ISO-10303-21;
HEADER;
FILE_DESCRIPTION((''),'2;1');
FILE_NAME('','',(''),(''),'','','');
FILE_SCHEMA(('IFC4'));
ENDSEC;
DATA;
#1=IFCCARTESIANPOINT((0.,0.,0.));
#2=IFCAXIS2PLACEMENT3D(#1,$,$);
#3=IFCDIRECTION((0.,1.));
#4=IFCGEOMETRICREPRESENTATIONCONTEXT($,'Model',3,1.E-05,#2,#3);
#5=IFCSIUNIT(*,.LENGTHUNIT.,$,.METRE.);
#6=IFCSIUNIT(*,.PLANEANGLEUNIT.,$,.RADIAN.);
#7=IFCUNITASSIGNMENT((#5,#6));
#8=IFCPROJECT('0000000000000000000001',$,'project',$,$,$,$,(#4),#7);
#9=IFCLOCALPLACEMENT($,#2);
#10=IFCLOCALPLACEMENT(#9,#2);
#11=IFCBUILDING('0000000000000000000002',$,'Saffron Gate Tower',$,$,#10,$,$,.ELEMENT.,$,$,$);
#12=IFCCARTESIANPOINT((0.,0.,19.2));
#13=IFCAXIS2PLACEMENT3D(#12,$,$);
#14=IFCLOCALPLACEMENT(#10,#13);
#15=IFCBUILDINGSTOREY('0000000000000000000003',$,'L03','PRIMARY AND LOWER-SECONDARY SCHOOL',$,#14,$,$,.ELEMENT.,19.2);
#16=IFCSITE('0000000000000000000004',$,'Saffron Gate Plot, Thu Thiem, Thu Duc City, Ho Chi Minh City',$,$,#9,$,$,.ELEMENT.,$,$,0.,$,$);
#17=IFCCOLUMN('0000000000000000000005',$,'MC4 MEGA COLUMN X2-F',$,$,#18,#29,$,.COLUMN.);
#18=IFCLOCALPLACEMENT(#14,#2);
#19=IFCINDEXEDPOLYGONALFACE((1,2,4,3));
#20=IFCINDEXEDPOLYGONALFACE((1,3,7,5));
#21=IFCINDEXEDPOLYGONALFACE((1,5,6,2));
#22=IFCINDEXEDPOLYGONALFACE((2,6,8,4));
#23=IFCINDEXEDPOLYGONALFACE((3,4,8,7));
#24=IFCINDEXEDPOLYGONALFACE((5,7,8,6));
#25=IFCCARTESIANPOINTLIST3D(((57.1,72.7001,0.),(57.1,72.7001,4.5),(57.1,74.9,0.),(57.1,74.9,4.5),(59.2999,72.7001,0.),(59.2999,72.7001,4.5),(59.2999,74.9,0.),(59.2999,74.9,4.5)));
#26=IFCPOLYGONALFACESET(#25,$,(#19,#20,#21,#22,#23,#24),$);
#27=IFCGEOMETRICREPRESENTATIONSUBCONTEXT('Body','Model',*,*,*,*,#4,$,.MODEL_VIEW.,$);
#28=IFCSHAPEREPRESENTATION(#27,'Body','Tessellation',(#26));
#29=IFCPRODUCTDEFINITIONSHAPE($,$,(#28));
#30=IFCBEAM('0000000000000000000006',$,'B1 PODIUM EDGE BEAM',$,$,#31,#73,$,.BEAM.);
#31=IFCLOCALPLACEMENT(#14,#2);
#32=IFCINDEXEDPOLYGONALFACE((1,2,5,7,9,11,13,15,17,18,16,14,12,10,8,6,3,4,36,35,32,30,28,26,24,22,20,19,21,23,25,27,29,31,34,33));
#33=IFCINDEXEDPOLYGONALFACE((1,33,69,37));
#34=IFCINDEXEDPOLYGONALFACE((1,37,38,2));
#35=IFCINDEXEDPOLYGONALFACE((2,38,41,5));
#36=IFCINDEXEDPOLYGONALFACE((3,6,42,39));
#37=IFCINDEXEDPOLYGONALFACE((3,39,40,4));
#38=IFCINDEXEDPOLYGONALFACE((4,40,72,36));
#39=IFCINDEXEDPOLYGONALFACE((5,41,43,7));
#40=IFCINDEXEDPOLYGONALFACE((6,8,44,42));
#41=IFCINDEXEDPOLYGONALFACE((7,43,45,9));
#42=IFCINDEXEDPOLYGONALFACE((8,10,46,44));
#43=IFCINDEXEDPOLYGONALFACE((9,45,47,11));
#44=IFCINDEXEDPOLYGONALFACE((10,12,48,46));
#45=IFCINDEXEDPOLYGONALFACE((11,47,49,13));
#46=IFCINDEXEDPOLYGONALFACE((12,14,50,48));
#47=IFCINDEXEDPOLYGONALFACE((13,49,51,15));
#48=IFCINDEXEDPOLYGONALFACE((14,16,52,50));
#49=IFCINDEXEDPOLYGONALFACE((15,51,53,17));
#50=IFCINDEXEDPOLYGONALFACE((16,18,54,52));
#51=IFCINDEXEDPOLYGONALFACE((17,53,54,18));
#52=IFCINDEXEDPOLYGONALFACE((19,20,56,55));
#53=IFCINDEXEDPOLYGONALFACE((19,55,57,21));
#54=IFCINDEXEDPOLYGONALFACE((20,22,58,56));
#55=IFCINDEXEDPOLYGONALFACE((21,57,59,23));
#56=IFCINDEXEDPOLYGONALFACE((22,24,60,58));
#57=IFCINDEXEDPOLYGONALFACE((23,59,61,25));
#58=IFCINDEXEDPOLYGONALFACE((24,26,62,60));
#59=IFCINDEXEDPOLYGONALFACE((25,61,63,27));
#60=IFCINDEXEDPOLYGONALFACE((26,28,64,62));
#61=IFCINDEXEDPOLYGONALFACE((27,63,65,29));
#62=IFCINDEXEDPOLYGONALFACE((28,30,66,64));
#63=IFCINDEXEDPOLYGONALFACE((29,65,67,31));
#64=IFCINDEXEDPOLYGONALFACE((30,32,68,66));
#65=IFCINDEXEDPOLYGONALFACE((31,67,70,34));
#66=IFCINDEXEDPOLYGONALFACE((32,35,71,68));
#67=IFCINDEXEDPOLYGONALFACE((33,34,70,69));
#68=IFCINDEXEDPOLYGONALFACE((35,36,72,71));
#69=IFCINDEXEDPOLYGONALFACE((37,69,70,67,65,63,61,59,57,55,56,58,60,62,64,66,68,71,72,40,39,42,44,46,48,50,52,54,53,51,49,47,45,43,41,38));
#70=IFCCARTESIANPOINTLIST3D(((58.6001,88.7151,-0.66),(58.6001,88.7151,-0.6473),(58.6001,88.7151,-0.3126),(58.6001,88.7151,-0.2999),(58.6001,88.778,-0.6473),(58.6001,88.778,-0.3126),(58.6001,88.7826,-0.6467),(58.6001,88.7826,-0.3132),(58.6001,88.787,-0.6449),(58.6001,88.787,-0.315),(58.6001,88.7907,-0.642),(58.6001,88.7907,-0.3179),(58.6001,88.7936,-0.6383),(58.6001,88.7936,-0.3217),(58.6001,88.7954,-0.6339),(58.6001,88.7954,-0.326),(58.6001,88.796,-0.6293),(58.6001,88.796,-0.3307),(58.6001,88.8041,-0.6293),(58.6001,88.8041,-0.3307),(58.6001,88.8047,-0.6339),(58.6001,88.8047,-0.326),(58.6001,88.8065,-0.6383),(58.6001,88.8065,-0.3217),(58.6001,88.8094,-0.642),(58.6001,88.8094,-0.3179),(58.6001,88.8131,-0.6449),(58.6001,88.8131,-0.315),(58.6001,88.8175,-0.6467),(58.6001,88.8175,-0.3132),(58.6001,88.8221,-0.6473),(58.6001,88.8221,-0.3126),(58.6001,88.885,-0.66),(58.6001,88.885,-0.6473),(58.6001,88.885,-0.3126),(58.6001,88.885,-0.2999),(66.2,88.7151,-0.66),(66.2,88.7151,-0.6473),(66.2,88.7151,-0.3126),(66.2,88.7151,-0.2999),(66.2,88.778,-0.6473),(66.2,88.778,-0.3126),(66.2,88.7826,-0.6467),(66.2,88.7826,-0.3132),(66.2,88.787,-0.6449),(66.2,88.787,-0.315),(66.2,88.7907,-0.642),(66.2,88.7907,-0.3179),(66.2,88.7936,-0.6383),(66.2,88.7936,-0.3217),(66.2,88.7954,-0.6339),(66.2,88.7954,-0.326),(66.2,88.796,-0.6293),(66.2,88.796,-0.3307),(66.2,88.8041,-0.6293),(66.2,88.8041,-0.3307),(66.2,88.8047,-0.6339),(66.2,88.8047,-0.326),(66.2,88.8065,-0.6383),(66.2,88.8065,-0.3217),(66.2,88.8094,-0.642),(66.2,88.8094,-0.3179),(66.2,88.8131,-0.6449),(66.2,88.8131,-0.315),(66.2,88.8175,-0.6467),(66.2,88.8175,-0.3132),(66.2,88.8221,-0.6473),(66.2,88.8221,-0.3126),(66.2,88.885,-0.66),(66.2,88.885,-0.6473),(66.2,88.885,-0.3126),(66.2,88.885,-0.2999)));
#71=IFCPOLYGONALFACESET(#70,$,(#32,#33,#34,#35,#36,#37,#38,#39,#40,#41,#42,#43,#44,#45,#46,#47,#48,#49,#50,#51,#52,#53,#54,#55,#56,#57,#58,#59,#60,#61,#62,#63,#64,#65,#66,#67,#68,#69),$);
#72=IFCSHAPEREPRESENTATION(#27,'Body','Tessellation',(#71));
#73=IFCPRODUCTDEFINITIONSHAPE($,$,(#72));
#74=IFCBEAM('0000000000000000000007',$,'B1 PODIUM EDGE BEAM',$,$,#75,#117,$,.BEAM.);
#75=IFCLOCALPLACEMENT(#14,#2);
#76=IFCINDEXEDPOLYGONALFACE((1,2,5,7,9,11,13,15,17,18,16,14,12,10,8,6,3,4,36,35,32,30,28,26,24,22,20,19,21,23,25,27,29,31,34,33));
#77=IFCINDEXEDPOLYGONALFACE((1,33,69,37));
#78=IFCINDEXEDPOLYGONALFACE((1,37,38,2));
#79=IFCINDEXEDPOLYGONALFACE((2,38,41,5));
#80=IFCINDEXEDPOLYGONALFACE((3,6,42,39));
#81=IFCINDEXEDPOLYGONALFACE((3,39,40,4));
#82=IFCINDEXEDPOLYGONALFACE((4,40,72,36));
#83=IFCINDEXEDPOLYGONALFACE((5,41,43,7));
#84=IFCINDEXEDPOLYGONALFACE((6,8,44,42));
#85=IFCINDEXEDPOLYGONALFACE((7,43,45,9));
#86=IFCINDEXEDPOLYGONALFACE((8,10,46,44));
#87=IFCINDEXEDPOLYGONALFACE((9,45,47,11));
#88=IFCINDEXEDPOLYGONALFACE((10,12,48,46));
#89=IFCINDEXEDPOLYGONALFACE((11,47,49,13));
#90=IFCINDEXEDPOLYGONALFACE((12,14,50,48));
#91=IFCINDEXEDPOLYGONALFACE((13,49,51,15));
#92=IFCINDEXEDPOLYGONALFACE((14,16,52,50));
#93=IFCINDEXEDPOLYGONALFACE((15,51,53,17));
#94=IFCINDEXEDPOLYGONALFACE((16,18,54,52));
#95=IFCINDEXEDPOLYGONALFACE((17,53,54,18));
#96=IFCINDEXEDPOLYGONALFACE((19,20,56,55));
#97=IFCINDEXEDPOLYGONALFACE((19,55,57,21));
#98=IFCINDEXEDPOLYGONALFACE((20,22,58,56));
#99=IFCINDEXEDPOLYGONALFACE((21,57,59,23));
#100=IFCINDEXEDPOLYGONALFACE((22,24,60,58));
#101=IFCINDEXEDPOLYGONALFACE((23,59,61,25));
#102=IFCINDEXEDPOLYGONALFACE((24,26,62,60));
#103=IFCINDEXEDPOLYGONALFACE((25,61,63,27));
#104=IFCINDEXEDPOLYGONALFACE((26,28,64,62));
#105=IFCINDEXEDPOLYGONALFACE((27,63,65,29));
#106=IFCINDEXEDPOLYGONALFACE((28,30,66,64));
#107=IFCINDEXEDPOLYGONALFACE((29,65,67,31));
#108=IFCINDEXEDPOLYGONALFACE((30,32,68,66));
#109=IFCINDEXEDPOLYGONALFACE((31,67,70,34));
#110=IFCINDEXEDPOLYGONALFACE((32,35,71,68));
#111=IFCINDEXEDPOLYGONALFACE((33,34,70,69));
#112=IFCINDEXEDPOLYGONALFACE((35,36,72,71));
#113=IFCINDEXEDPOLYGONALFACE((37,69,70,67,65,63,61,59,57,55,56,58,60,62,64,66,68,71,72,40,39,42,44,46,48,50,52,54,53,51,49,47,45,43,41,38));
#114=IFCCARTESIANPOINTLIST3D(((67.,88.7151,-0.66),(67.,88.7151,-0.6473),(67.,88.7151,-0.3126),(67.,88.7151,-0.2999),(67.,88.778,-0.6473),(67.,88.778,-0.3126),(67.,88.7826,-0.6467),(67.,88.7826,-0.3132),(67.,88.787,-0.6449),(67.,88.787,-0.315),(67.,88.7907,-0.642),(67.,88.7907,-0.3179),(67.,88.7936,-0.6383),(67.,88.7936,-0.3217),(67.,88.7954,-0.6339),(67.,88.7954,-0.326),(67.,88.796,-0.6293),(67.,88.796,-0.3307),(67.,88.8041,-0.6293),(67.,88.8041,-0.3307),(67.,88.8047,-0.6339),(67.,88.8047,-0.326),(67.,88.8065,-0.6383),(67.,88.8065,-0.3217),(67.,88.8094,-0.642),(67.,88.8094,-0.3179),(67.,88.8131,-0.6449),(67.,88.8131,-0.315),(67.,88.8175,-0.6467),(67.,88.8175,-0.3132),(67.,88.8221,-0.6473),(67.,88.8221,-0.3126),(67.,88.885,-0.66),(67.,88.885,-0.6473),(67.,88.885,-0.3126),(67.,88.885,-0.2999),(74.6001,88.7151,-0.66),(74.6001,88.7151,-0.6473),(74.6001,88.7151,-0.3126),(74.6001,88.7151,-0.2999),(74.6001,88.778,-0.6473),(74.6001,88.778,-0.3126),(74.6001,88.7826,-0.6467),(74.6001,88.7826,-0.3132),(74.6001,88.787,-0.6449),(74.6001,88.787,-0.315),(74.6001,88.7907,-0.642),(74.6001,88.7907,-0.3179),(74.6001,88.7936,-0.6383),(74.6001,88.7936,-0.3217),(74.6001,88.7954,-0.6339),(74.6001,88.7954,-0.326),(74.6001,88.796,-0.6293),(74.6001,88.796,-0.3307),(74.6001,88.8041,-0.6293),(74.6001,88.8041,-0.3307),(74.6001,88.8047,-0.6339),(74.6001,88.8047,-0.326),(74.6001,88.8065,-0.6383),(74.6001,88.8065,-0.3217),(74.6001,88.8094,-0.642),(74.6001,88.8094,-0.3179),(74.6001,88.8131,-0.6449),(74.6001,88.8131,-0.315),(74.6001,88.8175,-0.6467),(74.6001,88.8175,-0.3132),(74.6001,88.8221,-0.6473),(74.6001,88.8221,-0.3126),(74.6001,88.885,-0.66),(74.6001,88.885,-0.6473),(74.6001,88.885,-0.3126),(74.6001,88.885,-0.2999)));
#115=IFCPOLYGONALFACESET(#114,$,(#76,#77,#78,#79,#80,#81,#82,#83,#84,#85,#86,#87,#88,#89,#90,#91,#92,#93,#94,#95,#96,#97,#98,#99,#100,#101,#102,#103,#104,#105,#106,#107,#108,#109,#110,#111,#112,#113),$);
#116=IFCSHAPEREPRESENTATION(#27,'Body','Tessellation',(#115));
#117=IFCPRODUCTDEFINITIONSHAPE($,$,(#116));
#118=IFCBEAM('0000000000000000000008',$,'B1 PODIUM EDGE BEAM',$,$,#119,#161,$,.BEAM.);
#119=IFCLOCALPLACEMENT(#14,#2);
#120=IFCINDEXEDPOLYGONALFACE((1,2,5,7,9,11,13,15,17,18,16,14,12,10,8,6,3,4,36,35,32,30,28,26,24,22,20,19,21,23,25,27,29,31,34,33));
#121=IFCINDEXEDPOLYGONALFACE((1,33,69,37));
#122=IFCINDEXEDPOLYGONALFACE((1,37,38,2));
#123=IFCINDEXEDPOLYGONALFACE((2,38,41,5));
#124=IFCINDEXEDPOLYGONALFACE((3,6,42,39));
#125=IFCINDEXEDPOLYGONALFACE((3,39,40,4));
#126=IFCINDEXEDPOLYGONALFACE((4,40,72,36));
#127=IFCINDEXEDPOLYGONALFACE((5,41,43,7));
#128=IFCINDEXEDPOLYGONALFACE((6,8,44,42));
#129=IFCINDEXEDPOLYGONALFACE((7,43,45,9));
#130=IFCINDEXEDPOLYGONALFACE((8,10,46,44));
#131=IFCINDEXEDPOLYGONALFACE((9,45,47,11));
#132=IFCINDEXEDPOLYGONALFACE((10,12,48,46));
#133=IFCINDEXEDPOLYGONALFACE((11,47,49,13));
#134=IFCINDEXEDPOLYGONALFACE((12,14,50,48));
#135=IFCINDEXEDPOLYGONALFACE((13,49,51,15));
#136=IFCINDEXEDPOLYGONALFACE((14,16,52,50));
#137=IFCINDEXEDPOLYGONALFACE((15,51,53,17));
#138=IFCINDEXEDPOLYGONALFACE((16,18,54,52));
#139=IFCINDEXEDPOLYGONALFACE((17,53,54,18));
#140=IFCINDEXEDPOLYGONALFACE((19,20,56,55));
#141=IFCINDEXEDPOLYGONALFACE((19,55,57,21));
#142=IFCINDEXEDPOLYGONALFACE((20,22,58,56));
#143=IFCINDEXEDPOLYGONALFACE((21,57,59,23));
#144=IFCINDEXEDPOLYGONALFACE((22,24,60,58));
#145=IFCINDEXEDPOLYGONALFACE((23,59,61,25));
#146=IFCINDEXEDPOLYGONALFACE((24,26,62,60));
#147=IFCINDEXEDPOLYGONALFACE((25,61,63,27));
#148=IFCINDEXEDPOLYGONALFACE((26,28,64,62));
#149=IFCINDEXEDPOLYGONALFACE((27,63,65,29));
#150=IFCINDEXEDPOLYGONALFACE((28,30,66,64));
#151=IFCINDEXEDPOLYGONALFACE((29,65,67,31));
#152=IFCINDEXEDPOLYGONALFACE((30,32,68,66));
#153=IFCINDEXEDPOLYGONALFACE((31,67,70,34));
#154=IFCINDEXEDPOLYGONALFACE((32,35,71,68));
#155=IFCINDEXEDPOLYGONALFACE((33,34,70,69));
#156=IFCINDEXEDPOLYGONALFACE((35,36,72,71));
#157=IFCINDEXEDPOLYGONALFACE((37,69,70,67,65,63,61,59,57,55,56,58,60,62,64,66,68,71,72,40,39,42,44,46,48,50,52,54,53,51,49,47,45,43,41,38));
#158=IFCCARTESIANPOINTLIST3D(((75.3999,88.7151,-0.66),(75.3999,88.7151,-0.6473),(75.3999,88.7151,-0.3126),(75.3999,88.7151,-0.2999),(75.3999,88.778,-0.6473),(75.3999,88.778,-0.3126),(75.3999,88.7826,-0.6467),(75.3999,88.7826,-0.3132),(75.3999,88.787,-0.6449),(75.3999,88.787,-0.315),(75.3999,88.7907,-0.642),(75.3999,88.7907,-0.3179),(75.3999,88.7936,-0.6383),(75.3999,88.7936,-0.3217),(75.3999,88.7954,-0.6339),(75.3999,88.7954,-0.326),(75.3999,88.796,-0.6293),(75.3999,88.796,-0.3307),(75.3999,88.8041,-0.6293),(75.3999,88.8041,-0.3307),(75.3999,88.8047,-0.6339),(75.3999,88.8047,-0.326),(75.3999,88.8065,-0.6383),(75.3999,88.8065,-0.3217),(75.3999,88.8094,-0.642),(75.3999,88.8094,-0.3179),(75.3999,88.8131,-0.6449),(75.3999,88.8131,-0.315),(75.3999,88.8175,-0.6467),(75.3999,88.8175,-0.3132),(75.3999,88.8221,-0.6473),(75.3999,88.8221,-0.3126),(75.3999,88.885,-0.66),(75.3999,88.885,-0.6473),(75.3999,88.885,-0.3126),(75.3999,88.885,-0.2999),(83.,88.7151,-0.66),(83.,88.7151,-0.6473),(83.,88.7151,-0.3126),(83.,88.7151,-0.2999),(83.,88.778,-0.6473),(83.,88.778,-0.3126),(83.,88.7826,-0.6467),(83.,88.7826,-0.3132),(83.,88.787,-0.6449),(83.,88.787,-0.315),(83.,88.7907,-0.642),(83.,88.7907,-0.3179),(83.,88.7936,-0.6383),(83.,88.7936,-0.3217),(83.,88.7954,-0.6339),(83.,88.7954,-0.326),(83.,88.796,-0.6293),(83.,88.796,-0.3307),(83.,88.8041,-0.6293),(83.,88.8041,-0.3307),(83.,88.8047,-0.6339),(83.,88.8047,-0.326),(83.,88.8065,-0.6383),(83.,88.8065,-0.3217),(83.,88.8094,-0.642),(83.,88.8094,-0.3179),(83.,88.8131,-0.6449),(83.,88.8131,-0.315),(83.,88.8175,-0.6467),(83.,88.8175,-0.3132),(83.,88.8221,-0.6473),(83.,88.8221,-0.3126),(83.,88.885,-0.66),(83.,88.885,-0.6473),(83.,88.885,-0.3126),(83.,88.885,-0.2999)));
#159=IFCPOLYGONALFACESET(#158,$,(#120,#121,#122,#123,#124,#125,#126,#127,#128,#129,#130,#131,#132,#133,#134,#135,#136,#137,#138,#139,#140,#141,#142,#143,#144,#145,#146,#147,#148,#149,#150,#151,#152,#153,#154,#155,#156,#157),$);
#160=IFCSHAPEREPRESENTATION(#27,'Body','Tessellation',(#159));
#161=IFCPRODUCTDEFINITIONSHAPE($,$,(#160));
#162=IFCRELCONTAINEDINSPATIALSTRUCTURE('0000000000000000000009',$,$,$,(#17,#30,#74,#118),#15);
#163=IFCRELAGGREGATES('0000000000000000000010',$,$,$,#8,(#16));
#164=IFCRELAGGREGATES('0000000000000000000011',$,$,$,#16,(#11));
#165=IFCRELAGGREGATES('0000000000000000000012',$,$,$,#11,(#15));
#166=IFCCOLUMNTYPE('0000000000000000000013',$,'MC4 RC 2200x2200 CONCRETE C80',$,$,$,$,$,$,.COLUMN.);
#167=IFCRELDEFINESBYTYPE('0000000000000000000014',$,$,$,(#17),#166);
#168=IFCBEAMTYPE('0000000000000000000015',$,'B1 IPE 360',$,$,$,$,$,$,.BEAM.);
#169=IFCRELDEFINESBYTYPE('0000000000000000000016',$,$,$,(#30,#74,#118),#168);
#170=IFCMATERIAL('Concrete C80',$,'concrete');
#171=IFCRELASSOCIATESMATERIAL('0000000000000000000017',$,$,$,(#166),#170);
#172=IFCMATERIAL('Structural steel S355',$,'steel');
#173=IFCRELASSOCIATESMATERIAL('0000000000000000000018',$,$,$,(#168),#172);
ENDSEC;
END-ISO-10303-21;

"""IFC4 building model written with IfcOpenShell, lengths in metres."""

from ifc_helpers import new_model, si_unit, direction, frame, origin, origin_2d, place, context, subcontext, project, spatial, rectangle, i_section, extrude, material, material_profile, profile_set, type_object, element, save


model = new_model("IFC4")

# Units and contexts
model_context = context("Model", 3, precision=1e-05, world=origin(), true_north=direction((0.0, 1.0)))
body_context = subcontext(model_context, "Body", "Model", "MODEL_VIEW")
ifc_project = project(units=[si_unit("LENGTHUNIT", "METRE"), si_unit("PLANEANGLEUNIT", "RADIAN")], contexts=[model_context])

# Site, building, storey
site_placement = place(None, origin())
site = spatial("IfcSite", under=ifc_project, at=site_placement, Name="Saffron Gate Plot, Thu Thiem, Thu Duc City, Ho Chi Minh City", CompositionType="ELEMENT", RefElevation=0.0)
building_placement = place(site_placement, origin())
building = spatial("IfcBuilding", under=site, at=building_placement, Name="Saffron Gate Tower", CompositionType="ELEMENT")
storey_placement = place(building_placement, frame((0.0, 0.0, 19.2)))
storey = spatial("IfcBuildingStorey", under=building, at=storey_placement, Name="L03", Description="PRIMARY AND LOWER-SECONDARY SCHOOL", CompositionType="ELEMENT", Elevation=19.2)

# Column
ifc_material_1 = material(Name="Concrete C80", Category="concrete")
ifc_material_profile_1 = material_profile(ifc_material_1, rectangle(XDim=2.2, YDim=2.2, at=origin_2d()))
ifc_profile_set_1 = profile_set([ifc_material_profile_1], Name="Concrete C80")
column_type = type_object("IfcColumnType", Name="MC4 RC 2200x2200 CONCRETE C80", PredefinedType="COLUMN", material=ifc_profile_set_1)
column_placement = place(storey_placement, frame((58.2, 73.8, 0.0), z_axis=(0.0, 0.0, 1.0), x_axis=(1.0, 0.0, 0.0)))
element("IfcColumn", 1, at=column_placement, inside=storey, type_object=column_type, Name="MC4 MEGA COLUMN X2-F", PredefinedType="COLUMN", context=body_context, shape_type="SweptSolid", body=[
    extrude(rectangle(XDim=2.2, YDim=2.2, at=origin_2d()), origin(), (0.0, 0.0, 1.0), 4.5),
])

# Beams
ifc_material_2 = material(Name="Structural steel S355", Category="steel")
ifc_material_profile_2 = material_profile(ifc_material_2, i_section(OverallWidth=0.1699, OverallDepth=0.3601, WebThickness=0.0081, FlangeThickness=0.0127, FilletRadius=0.0181, at=origin_2d()))
ifc_profile_set_2 = profile_set([ifc_material_profile_2], Name="Structural steel S355")
beam_type_1 = type_object("IfcBeamType", Name="B1 IPE 360", PredefinedType="BEAM", material=ifc_profile_set_2)
beam_1_placement = place(storey_placement, frame((58.6001, 88.8, -0.48), z_axis=(1.0, 0.0, 0.0), x_axis=(0.0, 1.0, 0.0)))
element("IfcBeam", 2, at=beam_1_placement, inside=storey, type_object=beam_type_1, Name="B1 PODIUM EDGE BEAM", PredefinedType="BEAM", context=body_context, shape_type="SweptSolid", body=[
    extrude(i_section(OverallWidth=0.1699, OverallDepth=0.3601, WebThickness=0.0081, FlangeThickness=0.0127, FilletRadius=0.0181, at=origin_2d()), origin(), (0.0, 0.0, 1.0), 7.5999),
])
for number, where, z_axis, x_axis, name in (
    (3, (67.0, 88.8, -0.48), (1.0, 0.0, 0.0), (0.0, 1.0, 0.0), "B1 PODIUM EDGE BEAM"),
    (4, (75.3999, 88.8, -0.48), (1.0, 0.0, 0.0), (0.0, 1.0, 0.0), "B1 PODIUM EDGE BEAM"),
):
    element("IfcBeam", number, at=place(storey_placement, frame(where, z_axis=z_axis, x_axis=x_axis)), inside=storey, type_object=beam_type_1, Name=name, PredefinedType="BEAM", context=body_context, shape_type="SweptSolid", body=[
        extrude(i_section(OverallWidth=0.1699, OverallDepth=0.3601, WebThickness=0.0081, FlangeThickness=0.0127, FilletRadius=0.0181, at=origin_2d()), origin(), (0.0, 0.0, 1.0), 7.6001),
    ])

save(model, "model.ifc")
